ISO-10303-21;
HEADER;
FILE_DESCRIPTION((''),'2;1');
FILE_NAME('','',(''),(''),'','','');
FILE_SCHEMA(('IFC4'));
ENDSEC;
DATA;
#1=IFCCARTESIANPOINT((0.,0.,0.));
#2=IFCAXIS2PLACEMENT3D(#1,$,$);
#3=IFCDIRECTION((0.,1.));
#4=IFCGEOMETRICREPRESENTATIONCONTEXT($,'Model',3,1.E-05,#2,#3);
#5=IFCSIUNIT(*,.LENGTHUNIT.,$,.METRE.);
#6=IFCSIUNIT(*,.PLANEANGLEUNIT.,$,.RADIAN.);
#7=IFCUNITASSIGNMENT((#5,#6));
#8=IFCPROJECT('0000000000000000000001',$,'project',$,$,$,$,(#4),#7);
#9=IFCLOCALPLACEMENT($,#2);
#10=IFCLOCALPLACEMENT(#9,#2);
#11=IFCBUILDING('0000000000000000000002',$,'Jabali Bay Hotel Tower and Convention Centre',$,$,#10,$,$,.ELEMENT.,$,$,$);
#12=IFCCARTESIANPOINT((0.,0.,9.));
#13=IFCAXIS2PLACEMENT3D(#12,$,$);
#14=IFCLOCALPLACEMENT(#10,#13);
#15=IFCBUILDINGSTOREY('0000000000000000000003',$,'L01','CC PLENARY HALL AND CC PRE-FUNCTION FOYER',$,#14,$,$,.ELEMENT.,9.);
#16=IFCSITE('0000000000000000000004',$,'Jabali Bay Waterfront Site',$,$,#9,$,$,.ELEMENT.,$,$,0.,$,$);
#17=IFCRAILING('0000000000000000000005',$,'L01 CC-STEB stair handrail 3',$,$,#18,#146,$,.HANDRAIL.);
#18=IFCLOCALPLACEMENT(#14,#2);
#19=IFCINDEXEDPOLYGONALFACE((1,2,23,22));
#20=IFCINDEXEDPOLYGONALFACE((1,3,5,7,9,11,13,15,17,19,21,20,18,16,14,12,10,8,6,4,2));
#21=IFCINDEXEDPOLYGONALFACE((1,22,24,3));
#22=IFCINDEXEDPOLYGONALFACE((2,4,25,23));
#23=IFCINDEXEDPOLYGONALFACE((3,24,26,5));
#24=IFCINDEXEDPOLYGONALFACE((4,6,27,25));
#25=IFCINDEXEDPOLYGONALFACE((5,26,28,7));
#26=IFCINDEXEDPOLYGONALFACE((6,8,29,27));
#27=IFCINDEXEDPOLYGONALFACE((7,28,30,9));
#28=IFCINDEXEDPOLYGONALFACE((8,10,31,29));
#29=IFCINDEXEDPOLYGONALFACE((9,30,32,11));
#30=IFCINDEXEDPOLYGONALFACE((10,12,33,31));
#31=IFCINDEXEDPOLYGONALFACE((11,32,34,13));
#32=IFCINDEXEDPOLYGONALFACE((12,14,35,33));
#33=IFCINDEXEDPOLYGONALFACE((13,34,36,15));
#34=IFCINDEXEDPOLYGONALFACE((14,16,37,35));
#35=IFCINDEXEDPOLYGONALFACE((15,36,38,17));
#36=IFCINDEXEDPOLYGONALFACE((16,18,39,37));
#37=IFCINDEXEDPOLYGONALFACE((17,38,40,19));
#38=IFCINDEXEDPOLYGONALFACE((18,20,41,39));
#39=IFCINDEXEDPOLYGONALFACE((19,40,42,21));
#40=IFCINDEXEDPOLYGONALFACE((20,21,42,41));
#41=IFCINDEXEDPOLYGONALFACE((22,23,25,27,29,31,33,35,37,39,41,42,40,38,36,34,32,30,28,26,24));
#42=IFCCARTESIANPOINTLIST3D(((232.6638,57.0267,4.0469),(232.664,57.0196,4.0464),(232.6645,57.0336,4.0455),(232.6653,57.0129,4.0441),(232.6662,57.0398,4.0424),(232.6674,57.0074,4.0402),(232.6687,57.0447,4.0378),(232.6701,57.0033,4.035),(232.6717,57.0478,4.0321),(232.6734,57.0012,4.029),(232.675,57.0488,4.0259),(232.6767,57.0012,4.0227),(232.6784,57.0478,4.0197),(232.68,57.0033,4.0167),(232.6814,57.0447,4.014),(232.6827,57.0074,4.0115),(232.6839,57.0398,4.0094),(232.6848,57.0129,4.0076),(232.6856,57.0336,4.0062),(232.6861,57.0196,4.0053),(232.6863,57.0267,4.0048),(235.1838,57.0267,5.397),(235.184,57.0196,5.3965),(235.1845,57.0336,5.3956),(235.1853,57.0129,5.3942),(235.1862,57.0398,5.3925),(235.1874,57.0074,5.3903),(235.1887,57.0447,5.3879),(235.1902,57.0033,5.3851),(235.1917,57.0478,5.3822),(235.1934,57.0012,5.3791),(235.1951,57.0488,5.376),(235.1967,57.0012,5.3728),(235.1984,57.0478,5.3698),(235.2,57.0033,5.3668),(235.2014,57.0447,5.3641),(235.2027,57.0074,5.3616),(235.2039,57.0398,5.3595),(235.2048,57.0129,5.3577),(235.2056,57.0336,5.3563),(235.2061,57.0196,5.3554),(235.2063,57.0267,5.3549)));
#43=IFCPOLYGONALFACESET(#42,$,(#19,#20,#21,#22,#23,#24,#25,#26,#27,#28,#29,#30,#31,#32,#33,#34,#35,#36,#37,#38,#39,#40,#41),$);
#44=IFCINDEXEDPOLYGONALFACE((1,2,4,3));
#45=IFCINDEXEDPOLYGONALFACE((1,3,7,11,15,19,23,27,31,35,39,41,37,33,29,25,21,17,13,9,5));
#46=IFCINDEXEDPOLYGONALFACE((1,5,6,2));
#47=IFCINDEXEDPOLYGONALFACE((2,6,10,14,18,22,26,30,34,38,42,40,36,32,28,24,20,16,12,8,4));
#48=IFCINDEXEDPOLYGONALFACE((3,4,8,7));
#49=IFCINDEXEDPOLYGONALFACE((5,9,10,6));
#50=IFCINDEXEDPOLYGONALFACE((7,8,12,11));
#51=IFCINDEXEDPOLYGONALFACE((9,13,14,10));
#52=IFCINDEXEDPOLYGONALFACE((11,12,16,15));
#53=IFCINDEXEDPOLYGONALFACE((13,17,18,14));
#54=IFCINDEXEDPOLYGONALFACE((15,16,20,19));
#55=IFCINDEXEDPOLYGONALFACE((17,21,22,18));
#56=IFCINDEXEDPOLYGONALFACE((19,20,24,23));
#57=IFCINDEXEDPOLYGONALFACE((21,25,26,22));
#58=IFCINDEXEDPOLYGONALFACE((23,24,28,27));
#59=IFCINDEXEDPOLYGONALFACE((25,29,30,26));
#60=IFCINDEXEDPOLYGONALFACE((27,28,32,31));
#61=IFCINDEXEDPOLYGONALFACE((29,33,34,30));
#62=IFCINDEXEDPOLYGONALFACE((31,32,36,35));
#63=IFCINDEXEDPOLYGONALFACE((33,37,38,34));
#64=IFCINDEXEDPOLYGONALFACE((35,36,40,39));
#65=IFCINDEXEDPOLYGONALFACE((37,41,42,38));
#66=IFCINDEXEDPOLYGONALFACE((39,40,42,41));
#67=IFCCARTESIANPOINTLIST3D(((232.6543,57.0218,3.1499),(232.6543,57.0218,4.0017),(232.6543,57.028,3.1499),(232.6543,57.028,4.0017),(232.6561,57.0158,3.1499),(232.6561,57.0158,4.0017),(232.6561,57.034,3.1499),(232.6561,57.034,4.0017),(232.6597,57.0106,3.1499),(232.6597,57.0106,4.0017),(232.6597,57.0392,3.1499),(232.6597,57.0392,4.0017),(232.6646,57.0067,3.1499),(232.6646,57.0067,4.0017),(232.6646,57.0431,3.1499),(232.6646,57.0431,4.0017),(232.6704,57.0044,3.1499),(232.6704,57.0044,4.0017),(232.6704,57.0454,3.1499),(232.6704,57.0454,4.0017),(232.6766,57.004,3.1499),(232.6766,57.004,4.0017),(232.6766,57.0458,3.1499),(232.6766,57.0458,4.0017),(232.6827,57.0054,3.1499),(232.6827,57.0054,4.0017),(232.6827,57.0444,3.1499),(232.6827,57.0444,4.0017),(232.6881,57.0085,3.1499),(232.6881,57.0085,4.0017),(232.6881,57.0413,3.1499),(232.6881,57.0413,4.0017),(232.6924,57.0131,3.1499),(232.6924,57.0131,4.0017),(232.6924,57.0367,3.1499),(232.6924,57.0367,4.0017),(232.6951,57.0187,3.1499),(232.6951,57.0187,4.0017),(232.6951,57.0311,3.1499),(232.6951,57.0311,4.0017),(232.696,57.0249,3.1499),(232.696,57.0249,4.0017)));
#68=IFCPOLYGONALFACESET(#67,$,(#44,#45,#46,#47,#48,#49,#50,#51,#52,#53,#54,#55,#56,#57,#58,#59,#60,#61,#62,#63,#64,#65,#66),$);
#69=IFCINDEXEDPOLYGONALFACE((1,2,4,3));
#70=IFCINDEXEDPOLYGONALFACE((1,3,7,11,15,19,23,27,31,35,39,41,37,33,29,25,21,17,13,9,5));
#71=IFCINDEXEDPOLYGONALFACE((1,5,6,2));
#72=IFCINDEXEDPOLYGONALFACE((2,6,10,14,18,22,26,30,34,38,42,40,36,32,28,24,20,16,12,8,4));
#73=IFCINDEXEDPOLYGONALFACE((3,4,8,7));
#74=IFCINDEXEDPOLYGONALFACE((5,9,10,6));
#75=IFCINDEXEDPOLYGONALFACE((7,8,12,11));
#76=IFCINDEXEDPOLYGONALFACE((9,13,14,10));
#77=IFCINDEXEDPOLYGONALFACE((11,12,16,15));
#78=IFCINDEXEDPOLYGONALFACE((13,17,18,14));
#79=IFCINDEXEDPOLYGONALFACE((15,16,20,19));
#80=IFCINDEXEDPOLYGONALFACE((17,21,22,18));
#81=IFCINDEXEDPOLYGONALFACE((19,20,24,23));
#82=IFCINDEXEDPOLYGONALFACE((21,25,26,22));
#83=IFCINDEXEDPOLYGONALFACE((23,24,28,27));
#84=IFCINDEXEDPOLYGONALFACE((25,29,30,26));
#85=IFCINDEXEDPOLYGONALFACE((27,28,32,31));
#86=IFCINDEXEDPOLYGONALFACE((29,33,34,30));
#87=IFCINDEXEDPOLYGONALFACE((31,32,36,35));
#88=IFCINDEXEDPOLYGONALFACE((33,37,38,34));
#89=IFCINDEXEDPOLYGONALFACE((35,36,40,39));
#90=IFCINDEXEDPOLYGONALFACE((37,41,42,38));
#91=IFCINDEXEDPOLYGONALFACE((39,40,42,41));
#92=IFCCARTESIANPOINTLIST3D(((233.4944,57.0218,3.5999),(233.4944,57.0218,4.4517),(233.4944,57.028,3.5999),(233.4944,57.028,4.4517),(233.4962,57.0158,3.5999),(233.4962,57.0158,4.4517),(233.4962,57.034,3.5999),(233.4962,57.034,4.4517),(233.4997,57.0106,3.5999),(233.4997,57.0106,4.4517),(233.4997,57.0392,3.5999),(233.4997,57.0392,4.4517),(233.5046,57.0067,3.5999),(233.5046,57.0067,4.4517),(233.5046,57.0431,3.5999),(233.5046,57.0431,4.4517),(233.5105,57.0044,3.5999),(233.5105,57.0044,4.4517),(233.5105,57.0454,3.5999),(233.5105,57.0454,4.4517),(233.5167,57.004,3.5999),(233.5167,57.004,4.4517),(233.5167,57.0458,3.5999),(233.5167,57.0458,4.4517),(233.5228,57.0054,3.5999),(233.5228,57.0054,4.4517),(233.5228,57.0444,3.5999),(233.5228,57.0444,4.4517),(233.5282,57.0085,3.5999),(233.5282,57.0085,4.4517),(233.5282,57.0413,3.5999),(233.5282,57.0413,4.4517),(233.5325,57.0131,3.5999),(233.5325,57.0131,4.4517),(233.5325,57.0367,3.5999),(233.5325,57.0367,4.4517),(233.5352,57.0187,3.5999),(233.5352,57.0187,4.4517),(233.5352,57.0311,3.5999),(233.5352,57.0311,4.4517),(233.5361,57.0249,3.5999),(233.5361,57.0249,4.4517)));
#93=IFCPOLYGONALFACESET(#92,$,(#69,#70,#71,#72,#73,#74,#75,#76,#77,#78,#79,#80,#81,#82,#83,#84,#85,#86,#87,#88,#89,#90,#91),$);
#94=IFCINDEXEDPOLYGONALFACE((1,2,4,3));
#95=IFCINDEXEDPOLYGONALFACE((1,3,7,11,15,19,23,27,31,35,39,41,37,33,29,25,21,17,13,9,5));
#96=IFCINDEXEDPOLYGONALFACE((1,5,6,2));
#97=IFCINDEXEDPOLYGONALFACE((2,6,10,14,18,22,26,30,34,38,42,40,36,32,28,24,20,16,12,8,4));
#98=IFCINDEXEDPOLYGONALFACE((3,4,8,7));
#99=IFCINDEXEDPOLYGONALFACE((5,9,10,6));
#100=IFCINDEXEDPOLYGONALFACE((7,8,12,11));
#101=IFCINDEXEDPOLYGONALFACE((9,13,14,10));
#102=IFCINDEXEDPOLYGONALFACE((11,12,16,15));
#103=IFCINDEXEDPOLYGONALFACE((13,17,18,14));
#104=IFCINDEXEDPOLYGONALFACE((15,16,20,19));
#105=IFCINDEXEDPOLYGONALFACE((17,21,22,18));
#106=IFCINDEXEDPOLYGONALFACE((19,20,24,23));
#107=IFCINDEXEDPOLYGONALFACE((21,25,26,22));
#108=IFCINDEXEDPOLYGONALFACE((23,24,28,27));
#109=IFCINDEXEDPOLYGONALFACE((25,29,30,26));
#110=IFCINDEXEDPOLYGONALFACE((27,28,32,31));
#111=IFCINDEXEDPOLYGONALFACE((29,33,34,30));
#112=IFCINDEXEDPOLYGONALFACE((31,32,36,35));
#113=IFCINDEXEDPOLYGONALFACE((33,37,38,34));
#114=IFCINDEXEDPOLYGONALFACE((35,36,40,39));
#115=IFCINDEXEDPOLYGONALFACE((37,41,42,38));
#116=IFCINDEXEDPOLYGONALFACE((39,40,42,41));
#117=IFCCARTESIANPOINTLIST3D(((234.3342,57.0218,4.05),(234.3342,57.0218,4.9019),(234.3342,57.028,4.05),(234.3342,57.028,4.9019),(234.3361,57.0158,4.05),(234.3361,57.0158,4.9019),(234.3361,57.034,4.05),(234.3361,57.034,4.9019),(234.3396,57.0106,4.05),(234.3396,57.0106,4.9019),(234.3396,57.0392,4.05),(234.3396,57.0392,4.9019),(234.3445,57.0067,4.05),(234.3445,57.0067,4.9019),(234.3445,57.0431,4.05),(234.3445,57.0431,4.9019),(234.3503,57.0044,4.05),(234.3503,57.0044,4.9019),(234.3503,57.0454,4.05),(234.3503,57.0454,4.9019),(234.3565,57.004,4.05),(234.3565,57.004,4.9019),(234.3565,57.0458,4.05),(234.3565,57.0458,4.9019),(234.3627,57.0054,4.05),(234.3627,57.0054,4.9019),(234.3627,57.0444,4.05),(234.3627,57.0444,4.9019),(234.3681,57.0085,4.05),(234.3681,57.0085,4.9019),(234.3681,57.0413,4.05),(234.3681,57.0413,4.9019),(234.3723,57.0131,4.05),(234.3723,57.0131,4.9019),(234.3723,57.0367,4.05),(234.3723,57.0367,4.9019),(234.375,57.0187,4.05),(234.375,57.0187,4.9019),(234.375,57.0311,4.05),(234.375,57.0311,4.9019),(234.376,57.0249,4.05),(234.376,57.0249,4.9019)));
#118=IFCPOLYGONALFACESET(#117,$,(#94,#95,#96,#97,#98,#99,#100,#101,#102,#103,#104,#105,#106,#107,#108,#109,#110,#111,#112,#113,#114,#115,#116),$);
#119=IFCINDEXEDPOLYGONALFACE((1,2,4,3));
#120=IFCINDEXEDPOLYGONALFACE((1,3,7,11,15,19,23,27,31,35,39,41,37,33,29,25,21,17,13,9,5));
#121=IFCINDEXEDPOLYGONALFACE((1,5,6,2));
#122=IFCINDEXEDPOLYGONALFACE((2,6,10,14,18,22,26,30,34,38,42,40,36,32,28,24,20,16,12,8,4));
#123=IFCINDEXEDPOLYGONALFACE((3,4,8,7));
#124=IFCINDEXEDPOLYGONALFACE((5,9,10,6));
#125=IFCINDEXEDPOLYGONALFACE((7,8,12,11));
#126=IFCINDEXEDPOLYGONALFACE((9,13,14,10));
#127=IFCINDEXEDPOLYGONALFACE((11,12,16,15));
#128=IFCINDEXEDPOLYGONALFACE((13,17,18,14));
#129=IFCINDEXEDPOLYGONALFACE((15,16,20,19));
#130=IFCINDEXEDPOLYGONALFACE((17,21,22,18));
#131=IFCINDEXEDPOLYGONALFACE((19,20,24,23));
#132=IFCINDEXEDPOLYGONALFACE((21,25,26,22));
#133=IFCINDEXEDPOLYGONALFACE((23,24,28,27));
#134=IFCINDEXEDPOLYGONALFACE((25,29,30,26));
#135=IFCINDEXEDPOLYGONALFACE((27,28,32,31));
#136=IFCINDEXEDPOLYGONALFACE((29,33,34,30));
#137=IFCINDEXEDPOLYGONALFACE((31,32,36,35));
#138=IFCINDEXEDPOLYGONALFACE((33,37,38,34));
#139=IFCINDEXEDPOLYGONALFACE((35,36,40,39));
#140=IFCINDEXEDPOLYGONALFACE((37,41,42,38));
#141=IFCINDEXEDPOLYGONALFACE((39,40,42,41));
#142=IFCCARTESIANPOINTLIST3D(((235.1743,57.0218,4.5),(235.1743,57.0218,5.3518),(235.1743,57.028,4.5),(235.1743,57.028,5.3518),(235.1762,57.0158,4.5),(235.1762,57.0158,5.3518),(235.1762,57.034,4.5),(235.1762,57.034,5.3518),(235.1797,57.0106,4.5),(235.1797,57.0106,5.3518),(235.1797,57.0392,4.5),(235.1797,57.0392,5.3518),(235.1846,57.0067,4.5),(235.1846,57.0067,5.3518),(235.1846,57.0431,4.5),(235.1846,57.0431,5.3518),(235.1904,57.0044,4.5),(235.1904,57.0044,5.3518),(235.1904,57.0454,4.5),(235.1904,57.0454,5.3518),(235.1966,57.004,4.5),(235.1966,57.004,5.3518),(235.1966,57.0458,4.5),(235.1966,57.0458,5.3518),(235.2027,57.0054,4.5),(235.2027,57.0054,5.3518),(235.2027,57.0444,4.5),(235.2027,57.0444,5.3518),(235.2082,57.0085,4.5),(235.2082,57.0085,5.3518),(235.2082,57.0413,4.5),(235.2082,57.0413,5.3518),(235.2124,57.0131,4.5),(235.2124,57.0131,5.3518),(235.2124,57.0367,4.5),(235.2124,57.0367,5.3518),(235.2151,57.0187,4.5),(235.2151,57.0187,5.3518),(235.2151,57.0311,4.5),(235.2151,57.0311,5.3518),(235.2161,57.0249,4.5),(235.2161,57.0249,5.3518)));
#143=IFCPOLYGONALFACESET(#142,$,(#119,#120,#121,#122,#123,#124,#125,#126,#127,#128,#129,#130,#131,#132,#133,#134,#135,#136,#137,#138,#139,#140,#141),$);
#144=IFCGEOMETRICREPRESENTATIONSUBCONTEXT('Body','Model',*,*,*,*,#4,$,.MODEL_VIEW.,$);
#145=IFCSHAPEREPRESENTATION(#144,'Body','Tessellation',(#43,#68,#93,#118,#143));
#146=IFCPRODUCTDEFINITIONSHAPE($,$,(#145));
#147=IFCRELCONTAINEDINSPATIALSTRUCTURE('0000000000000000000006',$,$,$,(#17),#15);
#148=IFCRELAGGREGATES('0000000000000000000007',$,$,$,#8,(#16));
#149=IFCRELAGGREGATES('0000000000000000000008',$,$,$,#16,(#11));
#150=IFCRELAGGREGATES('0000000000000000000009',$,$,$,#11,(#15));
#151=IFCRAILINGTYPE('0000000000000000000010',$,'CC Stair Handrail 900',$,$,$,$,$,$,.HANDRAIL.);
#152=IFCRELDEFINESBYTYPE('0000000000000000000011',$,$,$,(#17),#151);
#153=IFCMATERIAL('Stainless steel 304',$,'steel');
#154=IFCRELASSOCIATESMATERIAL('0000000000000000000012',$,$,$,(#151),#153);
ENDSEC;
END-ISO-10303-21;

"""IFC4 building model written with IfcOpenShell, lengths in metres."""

from ifc_helpers import new_model, si_unit, direction, frame, origin, origin_2d, place, context, subcontext, project, spatial, circle, extrude, material, type_object, element, save


model = new_model("IFC4")

# Units and contexts
model_context = context("Model", 3, precision=1e-05, world=origin(), true_north=direction((0.0, 1.0)))
body_context = subcontext(model_context, "Body", "Model", "MODEL_VIEW")
ifc_project = project(units=[si_unit("LENGTHUNIT", "METRE"), si_unit("PLANEANGLEUNIT", "RADIAN")], contexts=[model_context])

# Site, building, storey
site_placement = place(None, origin())
site = spatial("IfcSite", under=ifc_project, at=site_placement, Name="Jabali Bay Waterfront Site", CompositionType="ELEMENT", RefElevation=0.0)
building_placement = place(site_placement, origin())
building = spatial("IfcBuilding", under=site, at=building_placement, Name="Jabali Bay Hotel Tower and Convention Centre", CompositionType="ELEMENT")
storey_placement = place(building_placement, frame((0.0, 0.0, 9.0)))
storey = spatial("IfcBuildingStorey", under=building, at=storey_placement, Name="L01", Description="CC PLENARY HALL AND CC PRE-FUNCTION FOYER", CompositionType="ELEMENT", Elevation=9.0)

# Railing
ifc_material_1 = material(Name="Stainless steel 304", Category="steel")
railing_type_1 = type_object("IfcRailingType", Name="CC Stair Handrail 900", PredefinedType="HANDRAIL", material=ifc_material_1)
for number, where, name in (
    (1, (232.675, 57.0249, 3.1499), "L01 CC-STEB stair handrail 3"),
):
    element("IfcRailing", number, at=place(storey_placement, frame(where)), inside=storey, type_object=railing_type_1, Name=name, PredefinedType="HANDRAIL", context=body_context, shape_type="SweptSolid", body=[
        extrude(circle(Radius=0.0239, at=origin_2d()), frame((0.0, 0.0, 0.876), z_axis=(0.881467, 0.0, 0.472245), x_axis=(0.0, 1.0, 0.0)), (0.0, 0.0, 1.0), 2.8589),
        extrude(circle(Radius=0.021, at=origin_2d()), origin(), (0.0, 0.0, 1.0), 0.8518),
        extrude(circle(Radius=0.021, at=origin_2d()), frame((0.8401, 0.0, 0.45)), (0.0, 0.0, 1.0), 0.8518),
        extrude(circle(Radius=0.021, at=origin_2d()), frame((1.6799, 0.0, 0.9001)), (0.0, 0.0, 1.0), 0.8518),
        extrude(circle(Radius=0.021, at=origin_2d()), frame((2.52, 0.0, 1.3501)), (0.0, 0.0, 1.0), 0.8518),
    ])

save(model, "model.ifc")
